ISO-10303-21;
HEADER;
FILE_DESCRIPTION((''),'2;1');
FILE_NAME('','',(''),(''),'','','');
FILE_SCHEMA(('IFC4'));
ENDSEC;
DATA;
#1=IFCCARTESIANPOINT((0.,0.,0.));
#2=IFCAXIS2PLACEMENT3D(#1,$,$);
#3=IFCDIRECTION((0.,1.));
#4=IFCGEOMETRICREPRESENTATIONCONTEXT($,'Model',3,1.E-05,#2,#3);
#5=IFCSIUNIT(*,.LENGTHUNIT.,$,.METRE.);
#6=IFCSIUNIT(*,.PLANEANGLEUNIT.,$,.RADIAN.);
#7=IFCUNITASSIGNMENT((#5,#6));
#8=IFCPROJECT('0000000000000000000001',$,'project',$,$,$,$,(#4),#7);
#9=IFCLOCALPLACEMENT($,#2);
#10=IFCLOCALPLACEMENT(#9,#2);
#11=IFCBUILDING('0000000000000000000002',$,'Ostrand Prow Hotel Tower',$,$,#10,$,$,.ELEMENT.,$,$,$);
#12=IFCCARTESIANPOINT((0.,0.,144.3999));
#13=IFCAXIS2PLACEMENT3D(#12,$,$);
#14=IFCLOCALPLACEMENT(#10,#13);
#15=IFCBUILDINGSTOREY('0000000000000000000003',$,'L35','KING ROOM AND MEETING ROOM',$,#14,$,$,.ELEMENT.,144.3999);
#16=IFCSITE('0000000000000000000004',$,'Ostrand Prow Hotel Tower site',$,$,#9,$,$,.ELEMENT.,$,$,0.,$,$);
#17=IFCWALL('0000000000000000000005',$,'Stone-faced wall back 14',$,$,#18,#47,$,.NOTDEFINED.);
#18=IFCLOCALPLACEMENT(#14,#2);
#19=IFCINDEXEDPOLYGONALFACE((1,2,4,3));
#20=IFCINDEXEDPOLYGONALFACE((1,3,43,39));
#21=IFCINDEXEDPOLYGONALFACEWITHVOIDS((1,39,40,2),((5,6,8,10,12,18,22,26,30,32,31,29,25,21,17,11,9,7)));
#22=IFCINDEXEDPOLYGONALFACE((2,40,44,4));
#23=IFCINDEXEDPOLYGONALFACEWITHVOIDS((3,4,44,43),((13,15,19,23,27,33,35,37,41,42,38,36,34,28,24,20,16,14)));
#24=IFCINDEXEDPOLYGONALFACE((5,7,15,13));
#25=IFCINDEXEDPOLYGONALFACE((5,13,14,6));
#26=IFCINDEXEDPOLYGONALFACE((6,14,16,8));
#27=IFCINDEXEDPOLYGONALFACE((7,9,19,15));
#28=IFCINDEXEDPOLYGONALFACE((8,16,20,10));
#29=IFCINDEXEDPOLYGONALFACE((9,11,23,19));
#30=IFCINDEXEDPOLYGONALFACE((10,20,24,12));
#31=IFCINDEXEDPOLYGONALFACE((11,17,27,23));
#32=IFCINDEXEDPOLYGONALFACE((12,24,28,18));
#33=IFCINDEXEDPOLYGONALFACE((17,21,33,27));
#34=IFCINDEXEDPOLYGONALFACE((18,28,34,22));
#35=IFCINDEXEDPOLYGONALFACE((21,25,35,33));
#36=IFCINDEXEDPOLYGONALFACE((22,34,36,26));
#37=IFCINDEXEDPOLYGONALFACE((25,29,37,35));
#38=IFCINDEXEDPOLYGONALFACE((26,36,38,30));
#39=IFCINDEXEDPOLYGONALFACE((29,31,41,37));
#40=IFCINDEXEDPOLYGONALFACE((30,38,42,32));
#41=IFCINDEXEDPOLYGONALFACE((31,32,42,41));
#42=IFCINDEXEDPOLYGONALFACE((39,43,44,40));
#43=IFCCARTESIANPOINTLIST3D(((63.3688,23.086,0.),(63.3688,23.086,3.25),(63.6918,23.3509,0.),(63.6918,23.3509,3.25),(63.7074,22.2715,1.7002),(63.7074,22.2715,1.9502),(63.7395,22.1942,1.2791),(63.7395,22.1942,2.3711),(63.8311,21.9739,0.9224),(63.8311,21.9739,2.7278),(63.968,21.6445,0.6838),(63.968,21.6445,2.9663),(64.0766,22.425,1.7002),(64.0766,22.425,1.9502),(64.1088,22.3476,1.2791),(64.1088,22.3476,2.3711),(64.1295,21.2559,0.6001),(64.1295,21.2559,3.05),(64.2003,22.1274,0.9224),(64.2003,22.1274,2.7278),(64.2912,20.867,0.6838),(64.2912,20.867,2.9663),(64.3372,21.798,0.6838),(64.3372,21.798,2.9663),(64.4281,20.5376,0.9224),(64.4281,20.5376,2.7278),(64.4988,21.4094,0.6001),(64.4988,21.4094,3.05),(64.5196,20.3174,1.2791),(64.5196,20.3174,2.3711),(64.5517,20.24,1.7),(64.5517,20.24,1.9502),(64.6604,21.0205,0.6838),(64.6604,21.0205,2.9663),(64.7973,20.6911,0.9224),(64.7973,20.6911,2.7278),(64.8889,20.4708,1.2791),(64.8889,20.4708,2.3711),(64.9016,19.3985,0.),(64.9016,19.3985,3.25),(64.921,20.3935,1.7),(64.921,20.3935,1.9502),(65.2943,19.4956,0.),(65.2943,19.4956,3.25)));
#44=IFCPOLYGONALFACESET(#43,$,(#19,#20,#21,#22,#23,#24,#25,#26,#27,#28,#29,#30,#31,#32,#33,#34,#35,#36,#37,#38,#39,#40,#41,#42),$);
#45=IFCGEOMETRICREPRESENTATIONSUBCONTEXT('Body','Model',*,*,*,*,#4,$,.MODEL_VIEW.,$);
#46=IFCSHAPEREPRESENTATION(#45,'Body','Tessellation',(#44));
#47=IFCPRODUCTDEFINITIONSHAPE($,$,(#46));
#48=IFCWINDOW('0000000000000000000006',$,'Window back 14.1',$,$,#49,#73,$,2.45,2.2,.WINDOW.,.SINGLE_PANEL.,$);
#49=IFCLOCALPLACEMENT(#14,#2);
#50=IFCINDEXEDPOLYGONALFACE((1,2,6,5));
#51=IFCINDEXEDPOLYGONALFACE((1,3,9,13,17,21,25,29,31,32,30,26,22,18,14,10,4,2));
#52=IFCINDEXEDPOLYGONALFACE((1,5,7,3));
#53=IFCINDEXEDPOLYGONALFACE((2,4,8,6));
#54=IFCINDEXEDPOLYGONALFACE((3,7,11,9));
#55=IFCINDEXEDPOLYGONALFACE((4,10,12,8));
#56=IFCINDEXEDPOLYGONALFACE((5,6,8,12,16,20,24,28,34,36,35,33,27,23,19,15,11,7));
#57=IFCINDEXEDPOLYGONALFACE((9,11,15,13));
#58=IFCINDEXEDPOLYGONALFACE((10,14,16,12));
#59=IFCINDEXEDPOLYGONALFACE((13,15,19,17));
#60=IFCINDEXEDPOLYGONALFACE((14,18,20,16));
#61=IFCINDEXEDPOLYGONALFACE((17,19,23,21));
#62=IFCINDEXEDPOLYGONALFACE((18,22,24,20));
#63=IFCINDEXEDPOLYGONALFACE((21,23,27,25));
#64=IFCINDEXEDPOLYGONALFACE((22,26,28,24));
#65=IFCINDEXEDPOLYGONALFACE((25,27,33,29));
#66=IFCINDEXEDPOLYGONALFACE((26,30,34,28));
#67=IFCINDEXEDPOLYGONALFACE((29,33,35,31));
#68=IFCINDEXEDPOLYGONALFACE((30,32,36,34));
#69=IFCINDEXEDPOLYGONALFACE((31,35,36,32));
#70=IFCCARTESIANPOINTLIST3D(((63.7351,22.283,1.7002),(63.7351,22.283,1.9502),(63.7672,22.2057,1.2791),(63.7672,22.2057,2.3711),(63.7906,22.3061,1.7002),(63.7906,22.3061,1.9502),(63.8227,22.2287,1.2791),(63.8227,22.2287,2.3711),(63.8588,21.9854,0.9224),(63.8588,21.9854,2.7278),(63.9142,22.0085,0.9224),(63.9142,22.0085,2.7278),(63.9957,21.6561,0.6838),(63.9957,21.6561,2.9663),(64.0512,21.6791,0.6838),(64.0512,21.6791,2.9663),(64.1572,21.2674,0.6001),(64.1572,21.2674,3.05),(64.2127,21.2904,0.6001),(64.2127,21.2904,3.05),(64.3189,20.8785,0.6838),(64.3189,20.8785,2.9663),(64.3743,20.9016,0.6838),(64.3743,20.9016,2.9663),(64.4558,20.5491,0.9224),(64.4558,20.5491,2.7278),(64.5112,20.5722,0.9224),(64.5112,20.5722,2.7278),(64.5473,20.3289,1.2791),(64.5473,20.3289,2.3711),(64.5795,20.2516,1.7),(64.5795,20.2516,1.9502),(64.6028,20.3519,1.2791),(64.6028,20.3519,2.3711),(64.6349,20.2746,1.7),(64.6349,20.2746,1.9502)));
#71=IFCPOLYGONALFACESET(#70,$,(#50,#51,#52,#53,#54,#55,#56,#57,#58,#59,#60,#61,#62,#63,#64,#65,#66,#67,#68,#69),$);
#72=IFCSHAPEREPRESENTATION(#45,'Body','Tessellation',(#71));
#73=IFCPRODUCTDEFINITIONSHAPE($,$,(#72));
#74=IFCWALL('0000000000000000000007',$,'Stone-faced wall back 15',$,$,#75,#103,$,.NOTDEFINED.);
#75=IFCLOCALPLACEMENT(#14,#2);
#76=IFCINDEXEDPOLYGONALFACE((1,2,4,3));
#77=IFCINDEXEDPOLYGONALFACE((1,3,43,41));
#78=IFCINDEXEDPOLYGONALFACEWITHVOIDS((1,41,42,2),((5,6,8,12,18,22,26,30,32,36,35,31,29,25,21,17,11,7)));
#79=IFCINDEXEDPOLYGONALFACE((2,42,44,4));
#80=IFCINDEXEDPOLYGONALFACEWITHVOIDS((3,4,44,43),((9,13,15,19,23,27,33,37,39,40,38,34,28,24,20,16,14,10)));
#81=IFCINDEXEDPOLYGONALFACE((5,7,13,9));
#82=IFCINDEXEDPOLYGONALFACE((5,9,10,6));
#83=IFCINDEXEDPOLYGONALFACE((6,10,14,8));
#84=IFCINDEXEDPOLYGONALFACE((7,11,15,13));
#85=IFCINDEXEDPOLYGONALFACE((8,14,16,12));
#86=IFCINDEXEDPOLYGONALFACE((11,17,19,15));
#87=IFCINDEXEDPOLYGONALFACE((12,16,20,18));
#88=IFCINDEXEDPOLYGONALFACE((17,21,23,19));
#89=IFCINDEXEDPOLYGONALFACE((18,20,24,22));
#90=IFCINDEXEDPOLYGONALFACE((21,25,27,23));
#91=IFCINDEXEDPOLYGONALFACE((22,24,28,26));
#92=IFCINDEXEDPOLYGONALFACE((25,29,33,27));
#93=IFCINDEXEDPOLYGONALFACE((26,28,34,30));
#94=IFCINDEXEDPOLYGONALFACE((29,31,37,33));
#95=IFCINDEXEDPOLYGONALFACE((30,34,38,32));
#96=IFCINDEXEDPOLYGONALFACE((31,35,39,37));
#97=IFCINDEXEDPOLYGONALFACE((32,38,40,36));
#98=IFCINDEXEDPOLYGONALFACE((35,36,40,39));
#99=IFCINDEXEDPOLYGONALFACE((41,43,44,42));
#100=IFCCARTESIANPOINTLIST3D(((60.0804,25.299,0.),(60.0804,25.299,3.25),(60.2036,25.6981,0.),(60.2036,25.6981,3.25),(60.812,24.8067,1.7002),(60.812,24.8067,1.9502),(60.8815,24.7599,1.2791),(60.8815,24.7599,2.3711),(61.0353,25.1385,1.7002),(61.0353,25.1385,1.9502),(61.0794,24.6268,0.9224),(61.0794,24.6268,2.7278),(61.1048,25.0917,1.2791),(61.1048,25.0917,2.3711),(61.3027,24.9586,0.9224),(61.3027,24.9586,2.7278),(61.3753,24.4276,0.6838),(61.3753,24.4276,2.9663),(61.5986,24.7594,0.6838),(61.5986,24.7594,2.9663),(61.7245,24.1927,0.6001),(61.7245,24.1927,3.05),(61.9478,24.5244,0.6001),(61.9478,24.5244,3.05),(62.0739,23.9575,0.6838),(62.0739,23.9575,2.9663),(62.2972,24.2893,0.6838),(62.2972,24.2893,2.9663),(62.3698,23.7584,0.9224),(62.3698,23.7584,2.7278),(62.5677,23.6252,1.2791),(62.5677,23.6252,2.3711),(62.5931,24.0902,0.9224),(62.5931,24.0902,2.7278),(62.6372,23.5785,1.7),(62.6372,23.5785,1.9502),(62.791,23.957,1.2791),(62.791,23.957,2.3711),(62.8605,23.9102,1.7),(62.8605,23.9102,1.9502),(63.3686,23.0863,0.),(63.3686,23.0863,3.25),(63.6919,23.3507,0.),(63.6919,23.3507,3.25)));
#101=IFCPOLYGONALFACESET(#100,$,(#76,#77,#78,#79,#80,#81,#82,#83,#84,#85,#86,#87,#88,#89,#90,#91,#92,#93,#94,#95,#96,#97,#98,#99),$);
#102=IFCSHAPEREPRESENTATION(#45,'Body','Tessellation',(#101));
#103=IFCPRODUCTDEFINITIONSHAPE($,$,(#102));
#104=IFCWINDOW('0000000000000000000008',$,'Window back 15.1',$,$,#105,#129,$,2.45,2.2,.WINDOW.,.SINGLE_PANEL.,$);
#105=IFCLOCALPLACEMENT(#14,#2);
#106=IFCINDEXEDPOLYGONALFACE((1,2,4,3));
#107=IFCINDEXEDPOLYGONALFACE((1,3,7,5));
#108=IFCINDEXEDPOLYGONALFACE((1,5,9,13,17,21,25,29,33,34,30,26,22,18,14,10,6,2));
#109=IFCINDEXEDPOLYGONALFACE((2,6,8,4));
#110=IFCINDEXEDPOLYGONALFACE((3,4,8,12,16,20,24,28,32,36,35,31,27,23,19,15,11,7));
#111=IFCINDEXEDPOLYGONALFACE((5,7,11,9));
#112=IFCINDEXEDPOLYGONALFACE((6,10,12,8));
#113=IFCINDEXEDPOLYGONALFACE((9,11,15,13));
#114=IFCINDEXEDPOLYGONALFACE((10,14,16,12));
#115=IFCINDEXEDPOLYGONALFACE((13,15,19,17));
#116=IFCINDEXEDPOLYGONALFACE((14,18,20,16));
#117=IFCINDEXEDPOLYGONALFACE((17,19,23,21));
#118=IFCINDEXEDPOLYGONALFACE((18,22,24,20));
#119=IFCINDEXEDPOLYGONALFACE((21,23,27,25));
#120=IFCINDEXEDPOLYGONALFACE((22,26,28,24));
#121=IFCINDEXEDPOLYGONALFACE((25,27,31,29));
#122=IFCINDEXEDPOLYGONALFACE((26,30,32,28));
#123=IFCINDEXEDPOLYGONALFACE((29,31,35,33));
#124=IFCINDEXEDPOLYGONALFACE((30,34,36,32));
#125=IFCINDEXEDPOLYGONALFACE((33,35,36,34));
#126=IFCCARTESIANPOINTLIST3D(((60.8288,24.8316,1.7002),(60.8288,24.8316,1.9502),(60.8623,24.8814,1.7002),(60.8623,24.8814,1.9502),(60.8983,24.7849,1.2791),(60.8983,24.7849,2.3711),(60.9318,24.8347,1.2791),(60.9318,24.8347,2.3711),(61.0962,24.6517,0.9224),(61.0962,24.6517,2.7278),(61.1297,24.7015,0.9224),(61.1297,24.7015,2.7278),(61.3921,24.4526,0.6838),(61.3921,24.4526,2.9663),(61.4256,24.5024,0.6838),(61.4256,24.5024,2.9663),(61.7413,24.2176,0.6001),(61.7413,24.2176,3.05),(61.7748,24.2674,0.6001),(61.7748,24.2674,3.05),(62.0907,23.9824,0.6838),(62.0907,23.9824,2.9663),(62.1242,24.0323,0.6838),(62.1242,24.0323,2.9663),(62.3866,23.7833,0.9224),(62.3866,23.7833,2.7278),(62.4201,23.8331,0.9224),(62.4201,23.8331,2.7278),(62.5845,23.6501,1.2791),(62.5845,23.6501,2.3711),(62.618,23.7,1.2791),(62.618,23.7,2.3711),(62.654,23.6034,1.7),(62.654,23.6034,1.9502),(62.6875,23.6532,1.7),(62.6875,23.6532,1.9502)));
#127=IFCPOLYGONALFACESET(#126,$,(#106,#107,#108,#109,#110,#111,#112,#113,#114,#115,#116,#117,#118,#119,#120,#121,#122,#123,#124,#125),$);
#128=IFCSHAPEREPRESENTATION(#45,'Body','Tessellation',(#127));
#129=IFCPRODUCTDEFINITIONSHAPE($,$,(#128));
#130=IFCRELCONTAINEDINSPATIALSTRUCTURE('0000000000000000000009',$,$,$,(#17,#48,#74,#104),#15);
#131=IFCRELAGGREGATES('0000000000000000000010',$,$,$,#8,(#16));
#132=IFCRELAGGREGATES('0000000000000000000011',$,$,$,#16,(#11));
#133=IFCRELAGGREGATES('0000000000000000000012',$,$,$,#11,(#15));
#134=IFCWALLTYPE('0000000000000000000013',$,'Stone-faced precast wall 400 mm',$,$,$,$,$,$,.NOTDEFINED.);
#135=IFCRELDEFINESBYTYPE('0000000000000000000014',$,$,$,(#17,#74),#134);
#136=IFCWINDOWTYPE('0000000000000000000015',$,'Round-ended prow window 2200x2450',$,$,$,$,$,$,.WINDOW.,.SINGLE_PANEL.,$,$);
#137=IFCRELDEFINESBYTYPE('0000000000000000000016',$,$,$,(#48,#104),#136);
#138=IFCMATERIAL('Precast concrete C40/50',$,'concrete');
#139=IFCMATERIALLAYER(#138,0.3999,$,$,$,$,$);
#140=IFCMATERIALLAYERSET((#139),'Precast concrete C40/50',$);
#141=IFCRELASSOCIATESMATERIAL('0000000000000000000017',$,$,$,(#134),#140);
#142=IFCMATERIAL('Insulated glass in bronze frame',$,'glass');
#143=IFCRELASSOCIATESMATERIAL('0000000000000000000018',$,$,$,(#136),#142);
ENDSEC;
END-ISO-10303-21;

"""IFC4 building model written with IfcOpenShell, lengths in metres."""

from ifc_helpers import new_model, si_unit, direction, frame, origin, place, context, subcontext, project, spatial, polyline, outline, extrude, material, layer, layer_set, type_object, element, fill, save


model = new_model("IFC4")

# Units and contexts
model_context = context("Model", 3, precision=1e-05, world=origin(), true_north=direction((0.0, 1.0)))
body_context = subcontext(model_context, "Body", "Model", "MODEL_VIEW")
ifc_project = project(units=[si_unit("LENGTHUNIT", "METRE"), si_unit("PLANEANGLEUNIT", "RADIAN")], contexts=[model_context])

# Site, building, storey
site_placement = place(None, origin())
site = spatial("IfcSite", under=ifc_project, at=site_placement, Name="Ostrand Prow Hotel Tower site", CompositionType="ELEMENT", RefElevation=0.0)
building_placement = place(site_placement, origin())
building = spatial("IfcBuilding", under=site, at=building_placement, Name="Ostrand Prow Hotel Tower", CompositionType="ELEMENT")
storey_placement = place(building_placement, frame((0.0, 0.0, 144.3999)))
storey = spatial("IfcBuildingStorey", under=building, at=storey_placement, Name="L35", Description="KING ROOM AND MEETING ROOM", CompositionType="ELEMENT", Elevation=144.3999)

# Shared definitions
ifc_material_1 = material(Name="Precast concrete C40/50", Category="concrete")
ifc_layer_1 = layer(ifc_material_1, 0.3999)
ifc_layer_set_1 = layer_set([ifc_layer_1], Name="Precast concrete C40/50")
wall_type_1 = type_object("IfcWallType", Name="Stone-faced precast wall 400 mm", PredefinedType="NOTDEFINED", material=ifc_layer_set_1)

# Walls, openings, windows
wall_1_placement = place(storey_placement, frame((65.0979, 19.447, 0.0), z_axis=(0.0, 0.0, 1.0), x_axis=(-0.383817, 0.923409, 0.0)))
wall_1 = element("IfcWall", 1, at=wall_1_placement, inside=storey, type_object=wall_type_1, Name="Stone-faced wall back 14", PredefinedType="NOTDEFINED", context=body_context, shape_type="SweptSolid", body=[
    extrude(outline(polyline([(-0.0305, -0.2), (4.1445, -0.2), (4.0239, 0.2), (0.0305, 0.2), (-0.0305, -0.2)])), origin(), (0.0, 0.0, 1.0), 3.25),
])
opening_1_placement = place(wall_1_placement, frame((0.9419, 0.0, 0.6001)))
opening_1 = element("IfcOpeningElement", 2, at=opening_1_placement, cuts=wall_1, PredefinedType="OPENING", context=body_context, shape_type="SweptSolid", body=[
    extrude(outline(polyline([(0.0, 1.3501), (0.0837, 1.771), (0.3223, 2.1277), (0.679, 2.3662), (1.1001, 2.45), (1.521, 2.3662), (1.8777, 2.1277), (2.1162, 1.771), (2.2, 1.3501), (2.2, 1.1001), (2.1162, 0.679), (1.8777, 0.3223), (1.521, 0.0837), (1.1001, 0.0), (0.679, 0.0837), (0.3223, 0.3223), (0.0837, 0.679), (0.0, 1.0999), (0.0, 1.3501)])), frame((0.0, 0.21, 0.0), z_axis=(0.0, -1.0, 0.0), x_axis=(1.0, 0.0, 0.0)), (0.0, 0.0, 1.0), 0.4199),
])
ifc_material_2 = material(Name="Insulated glass in bronze frame", Category="glass")
window_type = type_object("IfcWindowType", Name="Round-ended prow window 2200x2450", PartitioningType="SINGLE_PANEL", PredefinedType="WINDOW", material=ifc_material_2)
window_1_placement = place(opening_1_placement, origin())
window_1 = element("IfcWindow", 3, at=window_1_placement, inside=storey, type_object=window_type, Name="Window back 14.1", OverallHeight=2.45, OverallWidth=2.2, PartitioningType="SINGLE_PANEL", PredefinedType="WINDOW", context=body_context, shape_type="SweptSolid", body=[
    extrude(outline(polyline([(0.0, 1.3501), (0.0837, 1.771), (0.3223, 2.1277), (0.679, 2.3662), (1.1001, 2.45), (1.521, 2.3662), (1.8777, 2.1277), (2.1162, 1.771), (2.2, 1.3501), (2.2, 1.1001), (2.1162, 0.679), (1.8777, 0.3223), (1.521, 0.0837), (1.1001, 0.0), (0.679, 0.0837), (0.3223, 0.3223), (0.0837, 0.679), (0.0, 1.0999), (0.0, 1.3501)])), frame((0.0, 0.1699, 0.0), z_axis=(0.0, -1.0, 0.0), x_axis=(1.0, 0.0, 0.0)), (0.0, 0.0, 1.0), 0.0601),
])
fill(opening_1, window_1)
wall_2_placement = place(storey_placement, frame((63.5303, 23.2185, 0.0), z_axis=(0.0, 0.0, 1.0), x_axis=(-0.829642, 0.558296, 0.0)))
wall_2 = element("IfcWall", 4, at=wall_2_placement, inside=storey, type_object=wall_type_1, Name="Stone-faced wall back 15", PredefinedType="NOTDEFINED", context=body_context, shape_type="SweptSolid", body=[
    extrude(outline(polyline([(-0.0603, -0.2), (4.1443, -0.2), (4.0237, 0.2), (0.0603, 0.2), (-0.0603, -0.2)])), origin(), (0.0, 0.0, 1.0), 3.25),
])
opening_2_placement = place(wall_2_placement, frame((0.9419, 0.0, 0.6001)))
opening_2 = element("IfcOpeningElement", 5, at=opening_2_placement, cuts=wall_2, PredefinedType="OPENING", context=body_context, shape_type="SweptSolid", body=[
    extrude(outline(polyline([(0.0, 1.3501), (0.0837, 1.771), (0.3223, 2.1277), (0.679, 2.3662), (1.1001, 2.45), (1.521, 2.3662), (1.8777, 2.1277), (2.1162, 1.771), (2.2, 1.3501), (2.2, 1.1001), (2.1162, 0.679), (1.8777, 0.3223), (1.521, 0.0837), (1.1001, 0.0), (0.679, 0.0837), (0.3223, 0.3223), (0.0837, 0.679), (0.0, 1.0999), (0.0, 1.3501)])), frame((0.0, 0.21, 0.0), z_axis=(0.0, -1.0, 0.0), x_axis=(1.0, 0.0, 0.0)), (0.0, 0.0, 1.0), 0.4199),
])
window_2_placement = place(opening_2_placement, origin())
window_2 = element("IfcWindow", 6, at=window_2_placement, inside=storey, type_object=window_type, Name="Window back 15.1", OverallHeight=2.45, OverallWidth=2.2, PartitioningType="SINGLE_PANEL", PredefinedType="WINDOW", context=body_context, shape_type="SweptSolid", body=[
    extrude(outline(polyline([(0.0, 1.3501), (0.0837, 1.771), (0.3223, 2.1277), (0.679, 2.3662), (1.1001, 2.45), (1.521, 2.3662), (1.8777, 2.1277), (2.1162, 1.771), (2.2, 1.3501), (2.2, 1.1001), (2.1162, 0.679), (1.8777, 0.3223), (1.521, 0.0837), (1.1001, 0.0), (0.679, 0.0837), (0.3223, 0.3223), (0.0837, 0.679), (0.0, 1.0999), (0.0, 1.3501)])), frame((0.0, 0.1699, 0.0), z_axis=(0.0, -1.0, 0.0), x_axis=(1.0, 0.0, 0.0)), (0.0, 0.0, 1.0), 0.0601),
])
fill(opening_2, window_2)

save(model, "model.ifc")
